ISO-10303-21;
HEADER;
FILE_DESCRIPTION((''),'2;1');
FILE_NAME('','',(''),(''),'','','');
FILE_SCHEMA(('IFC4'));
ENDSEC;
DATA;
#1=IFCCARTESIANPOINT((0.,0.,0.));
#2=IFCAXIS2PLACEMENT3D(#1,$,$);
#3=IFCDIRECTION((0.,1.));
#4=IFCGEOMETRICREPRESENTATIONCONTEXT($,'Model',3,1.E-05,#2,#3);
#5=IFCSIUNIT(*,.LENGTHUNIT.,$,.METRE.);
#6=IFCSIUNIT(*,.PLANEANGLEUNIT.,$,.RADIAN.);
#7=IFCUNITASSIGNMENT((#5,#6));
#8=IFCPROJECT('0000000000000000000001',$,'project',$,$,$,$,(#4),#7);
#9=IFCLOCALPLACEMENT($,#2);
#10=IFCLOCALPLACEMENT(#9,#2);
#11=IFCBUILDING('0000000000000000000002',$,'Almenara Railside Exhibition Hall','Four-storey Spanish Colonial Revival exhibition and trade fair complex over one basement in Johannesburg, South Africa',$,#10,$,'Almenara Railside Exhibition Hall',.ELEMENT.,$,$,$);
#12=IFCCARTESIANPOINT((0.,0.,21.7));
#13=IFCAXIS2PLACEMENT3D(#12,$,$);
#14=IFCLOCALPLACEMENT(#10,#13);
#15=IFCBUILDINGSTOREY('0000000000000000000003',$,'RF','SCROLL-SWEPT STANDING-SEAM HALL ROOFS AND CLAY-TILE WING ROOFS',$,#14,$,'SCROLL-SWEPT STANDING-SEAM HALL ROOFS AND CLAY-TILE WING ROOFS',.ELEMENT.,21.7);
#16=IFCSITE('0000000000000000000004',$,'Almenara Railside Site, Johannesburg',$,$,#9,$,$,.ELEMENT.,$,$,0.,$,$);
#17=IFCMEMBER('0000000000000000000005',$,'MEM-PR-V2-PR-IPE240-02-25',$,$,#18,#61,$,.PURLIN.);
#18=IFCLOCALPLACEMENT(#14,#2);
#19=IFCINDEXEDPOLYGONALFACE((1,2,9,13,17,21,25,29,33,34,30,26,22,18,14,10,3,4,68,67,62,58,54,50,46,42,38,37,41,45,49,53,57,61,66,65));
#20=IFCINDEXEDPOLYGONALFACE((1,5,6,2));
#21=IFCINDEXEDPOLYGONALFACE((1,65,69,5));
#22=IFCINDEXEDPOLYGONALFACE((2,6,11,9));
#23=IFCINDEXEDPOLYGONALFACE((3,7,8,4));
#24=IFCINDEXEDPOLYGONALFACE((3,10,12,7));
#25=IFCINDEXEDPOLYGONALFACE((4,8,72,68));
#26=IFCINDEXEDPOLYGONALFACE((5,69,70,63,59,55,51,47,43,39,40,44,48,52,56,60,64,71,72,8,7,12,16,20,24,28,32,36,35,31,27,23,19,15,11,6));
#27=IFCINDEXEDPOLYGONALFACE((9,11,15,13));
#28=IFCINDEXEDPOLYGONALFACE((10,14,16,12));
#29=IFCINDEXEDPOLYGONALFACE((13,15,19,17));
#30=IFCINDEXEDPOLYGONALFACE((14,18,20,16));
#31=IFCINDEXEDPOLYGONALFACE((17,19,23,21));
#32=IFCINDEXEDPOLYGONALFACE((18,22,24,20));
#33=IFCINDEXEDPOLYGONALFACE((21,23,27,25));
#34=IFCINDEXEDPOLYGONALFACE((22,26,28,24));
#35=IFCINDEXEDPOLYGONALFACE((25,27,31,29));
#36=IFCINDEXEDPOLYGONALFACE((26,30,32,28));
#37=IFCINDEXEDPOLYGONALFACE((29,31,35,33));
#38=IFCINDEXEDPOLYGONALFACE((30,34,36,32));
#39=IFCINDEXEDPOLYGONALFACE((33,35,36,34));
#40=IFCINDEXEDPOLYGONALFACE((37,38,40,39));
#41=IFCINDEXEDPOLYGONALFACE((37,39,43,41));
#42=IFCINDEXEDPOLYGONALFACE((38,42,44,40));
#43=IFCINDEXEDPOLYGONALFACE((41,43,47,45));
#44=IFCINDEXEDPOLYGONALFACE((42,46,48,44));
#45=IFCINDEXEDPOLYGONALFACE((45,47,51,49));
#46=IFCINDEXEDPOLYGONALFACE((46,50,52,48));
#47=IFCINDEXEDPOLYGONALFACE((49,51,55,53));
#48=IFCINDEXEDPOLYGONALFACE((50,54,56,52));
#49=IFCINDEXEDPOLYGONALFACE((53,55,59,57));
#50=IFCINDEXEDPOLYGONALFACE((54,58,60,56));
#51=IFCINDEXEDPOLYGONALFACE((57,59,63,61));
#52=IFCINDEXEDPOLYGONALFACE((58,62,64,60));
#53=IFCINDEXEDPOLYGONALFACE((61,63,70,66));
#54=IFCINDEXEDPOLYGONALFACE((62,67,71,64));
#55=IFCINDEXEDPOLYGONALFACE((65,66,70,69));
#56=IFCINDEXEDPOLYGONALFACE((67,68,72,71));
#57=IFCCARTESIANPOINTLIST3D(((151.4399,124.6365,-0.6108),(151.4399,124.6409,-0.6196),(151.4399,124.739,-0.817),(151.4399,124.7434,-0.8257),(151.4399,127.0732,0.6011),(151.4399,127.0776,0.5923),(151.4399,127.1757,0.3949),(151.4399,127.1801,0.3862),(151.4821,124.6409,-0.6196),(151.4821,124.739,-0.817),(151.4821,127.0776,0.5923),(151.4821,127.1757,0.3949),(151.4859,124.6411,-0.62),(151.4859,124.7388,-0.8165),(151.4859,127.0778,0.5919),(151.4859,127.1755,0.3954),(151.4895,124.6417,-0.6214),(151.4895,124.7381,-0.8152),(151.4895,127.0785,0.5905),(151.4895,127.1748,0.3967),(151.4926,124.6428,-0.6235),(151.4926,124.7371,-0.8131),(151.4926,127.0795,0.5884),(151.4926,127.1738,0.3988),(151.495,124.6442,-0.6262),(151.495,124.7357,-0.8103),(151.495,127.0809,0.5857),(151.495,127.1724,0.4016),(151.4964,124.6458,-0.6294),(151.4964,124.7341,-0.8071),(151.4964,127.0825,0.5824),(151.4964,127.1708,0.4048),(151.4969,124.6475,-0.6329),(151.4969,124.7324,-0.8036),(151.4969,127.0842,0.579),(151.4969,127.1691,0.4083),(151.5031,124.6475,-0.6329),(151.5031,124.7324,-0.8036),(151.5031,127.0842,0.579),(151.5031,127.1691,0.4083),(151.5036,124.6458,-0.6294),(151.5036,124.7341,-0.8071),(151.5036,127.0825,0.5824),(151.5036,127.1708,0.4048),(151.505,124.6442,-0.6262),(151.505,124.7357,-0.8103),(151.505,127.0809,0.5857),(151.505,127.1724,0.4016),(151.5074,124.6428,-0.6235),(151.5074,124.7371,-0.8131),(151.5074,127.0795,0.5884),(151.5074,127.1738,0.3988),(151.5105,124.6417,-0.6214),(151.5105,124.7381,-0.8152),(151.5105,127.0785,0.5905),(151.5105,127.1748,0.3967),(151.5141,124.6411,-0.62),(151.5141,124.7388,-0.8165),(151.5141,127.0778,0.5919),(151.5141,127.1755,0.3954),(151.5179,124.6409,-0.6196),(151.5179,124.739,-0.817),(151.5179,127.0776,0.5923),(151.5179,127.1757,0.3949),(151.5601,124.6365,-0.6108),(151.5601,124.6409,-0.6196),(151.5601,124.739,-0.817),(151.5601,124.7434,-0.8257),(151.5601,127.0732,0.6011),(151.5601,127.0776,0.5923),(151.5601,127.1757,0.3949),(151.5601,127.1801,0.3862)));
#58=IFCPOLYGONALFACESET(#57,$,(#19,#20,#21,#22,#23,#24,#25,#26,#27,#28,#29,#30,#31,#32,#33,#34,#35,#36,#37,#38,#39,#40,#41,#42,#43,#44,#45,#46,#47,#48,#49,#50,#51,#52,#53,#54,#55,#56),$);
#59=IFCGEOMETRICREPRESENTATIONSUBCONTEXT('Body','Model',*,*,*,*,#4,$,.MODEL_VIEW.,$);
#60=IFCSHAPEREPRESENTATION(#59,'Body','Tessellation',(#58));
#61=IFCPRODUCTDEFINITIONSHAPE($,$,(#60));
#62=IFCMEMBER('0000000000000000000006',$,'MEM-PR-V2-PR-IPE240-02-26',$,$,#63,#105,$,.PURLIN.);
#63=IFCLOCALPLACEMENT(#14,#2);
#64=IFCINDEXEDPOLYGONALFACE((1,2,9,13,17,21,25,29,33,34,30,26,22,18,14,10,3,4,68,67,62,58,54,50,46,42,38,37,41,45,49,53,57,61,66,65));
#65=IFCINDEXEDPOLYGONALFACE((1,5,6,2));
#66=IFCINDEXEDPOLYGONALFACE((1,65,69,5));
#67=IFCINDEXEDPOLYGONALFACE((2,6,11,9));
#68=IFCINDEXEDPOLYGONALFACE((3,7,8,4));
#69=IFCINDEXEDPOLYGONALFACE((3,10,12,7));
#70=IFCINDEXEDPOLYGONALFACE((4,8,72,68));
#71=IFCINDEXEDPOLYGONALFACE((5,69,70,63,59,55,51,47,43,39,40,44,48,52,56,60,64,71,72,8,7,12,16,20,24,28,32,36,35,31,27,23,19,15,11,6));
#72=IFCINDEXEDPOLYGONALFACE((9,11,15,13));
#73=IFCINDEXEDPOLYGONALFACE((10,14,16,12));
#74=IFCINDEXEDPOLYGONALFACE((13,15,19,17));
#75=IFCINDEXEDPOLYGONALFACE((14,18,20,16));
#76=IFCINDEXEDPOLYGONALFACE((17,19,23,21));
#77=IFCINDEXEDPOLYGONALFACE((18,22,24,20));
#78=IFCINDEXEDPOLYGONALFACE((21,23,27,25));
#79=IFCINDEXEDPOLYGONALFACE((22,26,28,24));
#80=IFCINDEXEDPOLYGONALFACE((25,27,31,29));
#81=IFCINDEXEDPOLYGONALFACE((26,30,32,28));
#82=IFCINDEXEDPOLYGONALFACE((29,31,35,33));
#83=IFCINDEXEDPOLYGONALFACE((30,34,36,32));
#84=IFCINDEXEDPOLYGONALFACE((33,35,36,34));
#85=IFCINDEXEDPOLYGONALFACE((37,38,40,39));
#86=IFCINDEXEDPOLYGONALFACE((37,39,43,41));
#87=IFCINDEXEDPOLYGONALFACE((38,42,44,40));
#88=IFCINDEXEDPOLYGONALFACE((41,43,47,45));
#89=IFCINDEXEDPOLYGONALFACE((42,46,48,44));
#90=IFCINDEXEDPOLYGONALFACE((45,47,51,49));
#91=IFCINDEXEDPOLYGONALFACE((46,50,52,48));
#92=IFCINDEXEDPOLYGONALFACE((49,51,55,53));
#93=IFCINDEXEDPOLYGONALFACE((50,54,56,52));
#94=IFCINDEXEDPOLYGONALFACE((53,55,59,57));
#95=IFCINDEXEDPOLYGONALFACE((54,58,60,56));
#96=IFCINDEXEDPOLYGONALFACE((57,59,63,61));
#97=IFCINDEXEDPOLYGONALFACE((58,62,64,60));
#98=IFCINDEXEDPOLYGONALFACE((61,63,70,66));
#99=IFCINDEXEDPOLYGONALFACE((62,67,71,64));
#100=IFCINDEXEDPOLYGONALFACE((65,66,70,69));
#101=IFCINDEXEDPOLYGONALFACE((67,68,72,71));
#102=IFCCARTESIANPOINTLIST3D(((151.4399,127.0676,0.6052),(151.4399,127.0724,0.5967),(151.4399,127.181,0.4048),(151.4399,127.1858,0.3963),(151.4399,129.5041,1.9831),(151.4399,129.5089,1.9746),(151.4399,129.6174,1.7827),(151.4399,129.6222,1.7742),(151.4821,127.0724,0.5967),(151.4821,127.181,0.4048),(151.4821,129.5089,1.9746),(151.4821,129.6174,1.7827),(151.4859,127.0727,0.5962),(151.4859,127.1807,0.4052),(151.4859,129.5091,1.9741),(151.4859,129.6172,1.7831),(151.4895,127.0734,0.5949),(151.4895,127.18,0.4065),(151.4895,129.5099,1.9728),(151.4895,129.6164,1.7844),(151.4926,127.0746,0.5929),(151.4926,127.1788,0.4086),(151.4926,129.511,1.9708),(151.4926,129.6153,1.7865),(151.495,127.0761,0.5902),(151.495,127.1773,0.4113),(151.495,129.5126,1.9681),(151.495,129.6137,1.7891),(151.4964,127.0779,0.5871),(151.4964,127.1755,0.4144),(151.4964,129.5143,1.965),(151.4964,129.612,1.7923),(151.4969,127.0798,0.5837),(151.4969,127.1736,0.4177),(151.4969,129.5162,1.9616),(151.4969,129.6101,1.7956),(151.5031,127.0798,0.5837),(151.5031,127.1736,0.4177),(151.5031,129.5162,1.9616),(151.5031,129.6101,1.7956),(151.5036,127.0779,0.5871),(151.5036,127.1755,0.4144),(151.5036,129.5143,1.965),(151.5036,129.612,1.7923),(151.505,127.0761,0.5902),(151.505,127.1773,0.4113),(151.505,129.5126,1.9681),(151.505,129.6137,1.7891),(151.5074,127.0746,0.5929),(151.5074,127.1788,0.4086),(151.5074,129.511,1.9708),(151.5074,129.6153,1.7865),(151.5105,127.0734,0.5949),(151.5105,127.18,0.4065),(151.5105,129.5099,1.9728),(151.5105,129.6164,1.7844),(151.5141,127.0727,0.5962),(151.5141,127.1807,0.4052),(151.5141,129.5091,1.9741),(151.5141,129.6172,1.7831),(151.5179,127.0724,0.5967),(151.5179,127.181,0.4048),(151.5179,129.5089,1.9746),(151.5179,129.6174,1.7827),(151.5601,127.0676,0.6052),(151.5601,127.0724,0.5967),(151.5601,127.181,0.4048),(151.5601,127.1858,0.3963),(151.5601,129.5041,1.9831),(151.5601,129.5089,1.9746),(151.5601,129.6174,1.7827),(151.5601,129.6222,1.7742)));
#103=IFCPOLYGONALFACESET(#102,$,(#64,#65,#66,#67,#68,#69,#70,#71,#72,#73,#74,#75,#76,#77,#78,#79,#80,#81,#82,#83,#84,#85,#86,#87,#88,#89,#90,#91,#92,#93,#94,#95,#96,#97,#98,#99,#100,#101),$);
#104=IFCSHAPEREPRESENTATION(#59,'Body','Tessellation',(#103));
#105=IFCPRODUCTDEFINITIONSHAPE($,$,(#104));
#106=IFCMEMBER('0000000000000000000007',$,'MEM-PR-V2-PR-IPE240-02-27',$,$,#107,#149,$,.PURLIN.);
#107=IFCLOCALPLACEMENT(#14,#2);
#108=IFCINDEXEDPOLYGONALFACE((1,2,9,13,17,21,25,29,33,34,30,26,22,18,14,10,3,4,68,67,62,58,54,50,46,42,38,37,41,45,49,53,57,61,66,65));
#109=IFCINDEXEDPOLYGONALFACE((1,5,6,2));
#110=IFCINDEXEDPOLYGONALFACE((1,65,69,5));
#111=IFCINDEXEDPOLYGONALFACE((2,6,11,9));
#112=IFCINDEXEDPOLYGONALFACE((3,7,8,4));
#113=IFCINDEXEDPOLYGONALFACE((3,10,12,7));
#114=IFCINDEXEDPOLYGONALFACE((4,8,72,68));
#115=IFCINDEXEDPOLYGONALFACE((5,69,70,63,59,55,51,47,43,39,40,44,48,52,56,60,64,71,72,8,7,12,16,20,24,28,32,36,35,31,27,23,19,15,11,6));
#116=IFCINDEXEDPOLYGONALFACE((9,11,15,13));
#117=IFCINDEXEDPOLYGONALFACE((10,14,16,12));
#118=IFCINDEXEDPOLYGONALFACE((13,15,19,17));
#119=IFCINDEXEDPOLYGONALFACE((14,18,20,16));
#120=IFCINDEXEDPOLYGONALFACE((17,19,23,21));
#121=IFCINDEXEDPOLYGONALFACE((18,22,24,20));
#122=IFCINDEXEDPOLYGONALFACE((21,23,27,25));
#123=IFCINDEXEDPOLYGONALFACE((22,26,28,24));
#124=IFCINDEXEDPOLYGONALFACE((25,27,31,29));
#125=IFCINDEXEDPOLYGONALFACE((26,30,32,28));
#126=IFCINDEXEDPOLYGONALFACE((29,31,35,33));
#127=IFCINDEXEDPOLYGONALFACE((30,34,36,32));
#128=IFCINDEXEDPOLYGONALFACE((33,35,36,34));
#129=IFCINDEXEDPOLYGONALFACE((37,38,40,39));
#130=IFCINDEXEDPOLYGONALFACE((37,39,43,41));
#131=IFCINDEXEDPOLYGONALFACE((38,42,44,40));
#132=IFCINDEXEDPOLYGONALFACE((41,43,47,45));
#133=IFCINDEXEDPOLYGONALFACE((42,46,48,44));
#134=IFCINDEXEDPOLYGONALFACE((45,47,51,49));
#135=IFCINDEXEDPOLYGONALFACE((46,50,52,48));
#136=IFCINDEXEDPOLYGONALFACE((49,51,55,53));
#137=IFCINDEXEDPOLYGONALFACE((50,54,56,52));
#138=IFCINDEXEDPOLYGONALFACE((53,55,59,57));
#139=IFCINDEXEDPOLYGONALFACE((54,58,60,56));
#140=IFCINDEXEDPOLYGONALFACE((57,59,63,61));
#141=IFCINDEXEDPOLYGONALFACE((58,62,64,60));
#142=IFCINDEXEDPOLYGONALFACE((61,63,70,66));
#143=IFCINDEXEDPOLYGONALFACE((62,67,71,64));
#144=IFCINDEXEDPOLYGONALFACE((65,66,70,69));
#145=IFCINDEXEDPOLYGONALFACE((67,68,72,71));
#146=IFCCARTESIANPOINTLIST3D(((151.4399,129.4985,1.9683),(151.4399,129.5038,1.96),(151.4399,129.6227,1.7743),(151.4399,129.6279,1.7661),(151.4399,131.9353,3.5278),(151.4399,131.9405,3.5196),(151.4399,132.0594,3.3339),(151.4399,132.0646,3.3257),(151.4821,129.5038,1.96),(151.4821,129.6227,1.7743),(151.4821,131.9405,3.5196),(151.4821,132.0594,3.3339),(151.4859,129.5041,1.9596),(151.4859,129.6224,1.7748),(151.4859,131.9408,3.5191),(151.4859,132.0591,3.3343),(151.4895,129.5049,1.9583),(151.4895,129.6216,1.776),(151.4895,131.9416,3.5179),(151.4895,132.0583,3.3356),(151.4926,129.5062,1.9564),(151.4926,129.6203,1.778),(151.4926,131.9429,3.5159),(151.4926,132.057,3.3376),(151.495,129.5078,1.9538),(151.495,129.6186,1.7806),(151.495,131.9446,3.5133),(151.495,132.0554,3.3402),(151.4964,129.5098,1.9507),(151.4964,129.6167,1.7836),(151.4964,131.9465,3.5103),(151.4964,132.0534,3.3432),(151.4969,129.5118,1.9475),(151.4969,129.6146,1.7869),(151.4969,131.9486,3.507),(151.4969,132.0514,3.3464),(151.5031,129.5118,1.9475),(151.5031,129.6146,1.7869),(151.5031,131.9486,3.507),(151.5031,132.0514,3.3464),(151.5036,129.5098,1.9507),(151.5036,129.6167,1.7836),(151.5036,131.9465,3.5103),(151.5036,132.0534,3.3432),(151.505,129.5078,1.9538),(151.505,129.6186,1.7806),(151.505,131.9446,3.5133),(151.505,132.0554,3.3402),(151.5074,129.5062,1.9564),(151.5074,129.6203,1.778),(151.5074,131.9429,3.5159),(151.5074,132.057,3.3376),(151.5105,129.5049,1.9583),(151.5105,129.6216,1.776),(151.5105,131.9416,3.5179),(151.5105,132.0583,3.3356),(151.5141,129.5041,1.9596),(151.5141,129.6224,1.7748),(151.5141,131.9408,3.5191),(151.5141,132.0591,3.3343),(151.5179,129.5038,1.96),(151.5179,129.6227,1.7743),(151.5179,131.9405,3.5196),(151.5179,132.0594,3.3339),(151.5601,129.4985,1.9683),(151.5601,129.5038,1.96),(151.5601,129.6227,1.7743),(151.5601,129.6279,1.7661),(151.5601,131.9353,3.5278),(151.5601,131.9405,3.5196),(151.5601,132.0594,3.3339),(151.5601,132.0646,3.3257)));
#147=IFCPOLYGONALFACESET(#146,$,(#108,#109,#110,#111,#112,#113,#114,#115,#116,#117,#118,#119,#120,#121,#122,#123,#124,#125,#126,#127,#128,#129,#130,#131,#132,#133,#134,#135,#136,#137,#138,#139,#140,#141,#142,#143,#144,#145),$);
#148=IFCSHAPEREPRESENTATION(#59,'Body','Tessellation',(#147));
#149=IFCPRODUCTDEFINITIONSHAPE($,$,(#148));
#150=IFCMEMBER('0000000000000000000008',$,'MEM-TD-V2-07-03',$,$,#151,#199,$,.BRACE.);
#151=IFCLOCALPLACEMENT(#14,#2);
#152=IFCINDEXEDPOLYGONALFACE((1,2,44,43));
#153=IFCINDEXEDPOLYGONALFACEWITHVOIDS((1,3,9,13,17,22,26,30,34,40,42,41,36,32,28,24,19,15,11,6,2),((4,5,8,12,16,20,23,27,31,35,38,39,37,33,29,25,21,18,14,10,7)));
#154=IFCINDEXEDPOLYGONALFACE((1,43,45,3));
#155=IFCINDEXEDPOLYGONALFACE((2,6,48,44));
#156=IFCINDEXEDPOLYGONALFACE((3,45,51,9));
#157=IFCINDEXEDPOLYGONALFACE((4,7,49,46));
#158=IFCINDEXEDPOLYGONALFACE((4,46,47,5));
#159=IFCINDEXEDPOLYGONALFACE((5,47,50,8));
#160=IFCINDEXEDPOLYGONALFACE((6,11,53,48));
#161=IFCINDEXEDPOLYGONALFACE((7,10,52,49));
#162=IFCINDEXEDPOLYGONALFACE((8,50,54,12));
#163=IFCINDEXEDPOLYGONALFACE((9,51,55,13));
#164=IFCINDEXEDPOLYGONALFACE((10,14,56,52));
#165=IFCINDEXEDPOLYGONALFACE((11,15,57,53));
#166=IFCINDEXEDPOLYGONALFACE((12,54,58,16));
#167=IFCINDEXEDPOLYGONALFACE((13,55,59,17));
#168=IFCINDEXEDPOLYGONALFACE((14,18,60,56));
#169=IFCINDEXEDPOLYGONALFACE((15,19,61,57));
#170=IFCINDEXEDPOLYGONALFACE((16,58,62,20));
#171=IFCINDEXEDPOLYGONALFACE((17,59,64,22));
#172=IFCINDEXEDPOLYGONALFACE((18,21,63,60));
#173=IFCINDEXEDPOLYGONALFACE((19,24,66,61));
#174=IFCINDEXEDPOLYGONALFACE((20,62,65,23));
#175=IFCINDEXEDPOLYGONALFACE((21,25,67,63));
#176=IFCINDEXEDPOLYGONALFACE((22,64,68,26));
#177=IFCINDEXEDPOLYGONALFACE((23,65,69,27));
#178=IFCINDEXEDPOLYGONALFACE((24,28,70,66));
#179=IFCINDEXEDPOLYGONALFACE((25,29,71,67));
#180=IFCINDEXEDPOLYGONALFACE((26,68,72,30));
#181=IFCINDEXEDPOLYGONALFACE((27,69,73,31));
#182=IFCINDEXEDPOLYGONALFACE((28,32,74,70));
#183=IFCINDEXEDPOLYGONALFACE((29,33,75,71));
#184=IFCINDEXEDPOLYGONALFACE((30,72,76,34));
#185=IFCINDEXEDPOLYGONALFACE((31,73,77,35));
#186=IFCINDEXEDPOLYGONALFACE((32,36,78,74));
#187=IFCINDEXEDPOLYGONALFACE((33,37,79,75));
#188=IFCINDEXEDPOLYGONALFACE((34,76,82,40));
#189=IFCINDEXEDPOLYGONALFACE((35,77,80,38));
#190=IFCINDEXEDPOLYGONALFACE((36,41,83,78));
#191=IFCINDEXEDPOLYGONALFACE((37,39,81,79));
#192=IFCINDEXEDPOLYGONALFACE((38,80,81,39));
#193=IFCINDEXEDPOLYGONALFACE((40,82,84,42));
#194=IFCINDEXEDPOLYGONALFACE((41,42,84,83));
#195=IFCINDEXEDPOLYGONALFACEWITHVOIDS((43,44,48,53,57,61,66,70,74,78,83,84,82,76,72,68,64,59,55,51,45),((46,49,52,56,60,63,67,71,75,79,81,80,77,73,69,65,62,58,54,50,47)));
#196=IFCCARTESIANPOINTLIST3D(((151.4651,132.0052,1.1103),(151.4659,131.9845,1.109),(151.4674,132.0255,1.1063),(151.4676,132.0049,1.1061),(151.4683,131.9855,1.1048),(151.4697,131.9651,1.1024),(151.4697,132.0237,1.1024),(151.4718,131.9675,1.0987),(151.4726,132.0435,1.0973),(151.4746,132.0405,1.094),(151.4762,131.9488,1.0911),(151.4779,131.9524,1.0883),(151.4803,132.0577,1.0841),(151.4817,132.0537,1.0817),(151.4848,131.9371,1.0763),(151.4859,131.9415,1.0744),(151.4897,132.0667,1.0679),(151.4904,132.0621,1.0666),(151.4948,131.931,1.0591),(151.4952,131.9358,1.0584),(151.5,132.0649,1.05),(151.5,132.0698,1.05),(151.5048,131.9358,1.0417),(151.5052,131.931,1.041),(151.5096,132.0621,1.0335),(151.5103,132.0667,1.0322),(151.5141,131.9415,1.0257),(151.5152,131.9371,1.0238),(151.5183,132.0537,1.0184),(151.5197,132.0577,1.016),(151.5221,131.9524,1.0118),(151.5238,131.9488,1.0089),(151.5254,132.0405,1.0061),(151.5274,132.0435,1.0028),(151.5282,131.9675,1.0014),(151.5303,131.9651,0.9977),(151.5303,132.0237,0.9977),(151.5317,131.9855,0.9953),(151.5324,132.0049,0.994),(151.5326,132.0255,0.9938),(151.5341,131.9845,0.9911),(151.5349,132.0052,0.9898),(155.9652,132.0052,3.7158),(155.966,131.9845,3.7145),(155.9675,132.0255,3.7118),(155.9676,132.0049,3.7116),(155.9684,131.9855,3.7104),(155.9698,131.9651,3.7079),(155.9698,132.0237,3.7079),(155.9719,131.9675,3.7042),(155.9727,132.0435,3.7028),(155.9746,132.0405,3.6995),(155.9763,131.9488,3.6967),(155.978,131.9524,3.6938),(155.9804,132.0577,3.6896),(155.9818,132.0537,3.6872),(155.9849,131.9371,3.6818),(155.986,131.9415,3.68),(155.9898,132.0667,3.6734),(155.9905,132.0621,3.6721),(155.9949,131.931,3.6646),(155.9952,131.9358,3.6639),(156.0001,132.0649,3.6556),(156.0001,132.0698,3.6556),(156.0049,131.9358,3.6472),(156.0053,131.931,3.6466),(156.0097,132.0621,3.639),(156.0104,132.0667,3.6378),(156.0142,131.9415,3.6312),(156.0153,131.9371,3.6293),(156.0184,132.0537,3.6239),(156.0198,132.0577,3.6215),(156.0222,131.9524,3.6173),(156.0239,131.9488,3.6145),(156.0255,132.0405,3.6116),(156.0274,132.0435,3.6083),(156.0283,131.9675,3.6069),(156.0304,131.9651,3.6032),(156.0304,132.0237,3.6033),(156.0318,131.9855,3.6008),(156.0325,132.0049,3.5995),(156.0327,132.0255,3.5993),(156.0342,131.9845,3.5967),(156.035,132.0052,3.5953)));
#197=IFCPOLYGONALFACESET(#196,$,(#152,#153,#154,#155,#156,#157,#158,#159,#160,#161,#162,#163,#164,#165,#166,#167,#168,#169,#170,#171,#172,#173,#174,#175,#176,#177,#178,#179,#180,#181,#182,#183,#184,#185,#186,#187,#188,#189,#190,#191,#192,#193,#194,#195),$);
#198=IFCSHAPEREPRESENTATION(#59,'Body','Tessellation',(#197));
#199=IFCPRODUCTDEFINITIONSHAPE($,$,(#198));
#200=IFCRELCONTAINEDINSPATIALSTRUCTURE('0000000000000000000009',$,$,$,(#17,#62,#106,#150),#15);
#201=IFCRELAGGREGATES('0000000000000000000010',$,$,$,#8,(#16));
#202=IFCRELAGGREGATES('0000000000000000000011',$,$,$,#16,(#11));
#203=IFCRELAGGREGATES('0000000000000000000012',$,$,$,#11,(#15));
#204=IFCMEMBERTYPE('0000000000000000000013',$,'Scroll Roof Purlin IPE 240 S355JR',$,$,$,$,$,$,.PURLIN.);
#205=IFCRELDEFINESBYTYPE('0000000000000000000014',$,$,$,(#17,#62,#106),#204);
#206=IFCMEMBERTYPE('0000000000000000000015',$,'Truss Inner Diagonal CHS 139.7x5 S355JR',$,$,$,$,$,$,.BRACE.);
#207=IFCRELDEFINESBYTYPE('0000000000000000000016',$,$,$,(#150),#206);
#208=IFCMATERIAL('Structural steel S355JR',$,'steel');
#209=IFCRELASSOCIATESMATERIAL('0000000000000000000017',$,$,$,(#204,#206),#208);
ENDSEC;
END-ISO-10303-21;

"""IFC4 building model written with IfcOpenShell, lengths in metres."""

from ifc_helpers import new_model, si_unit, direction, frame, origin, origin_2d, place, context, subcontext, project, spatial, hollow_circle, i_section, extrude, material, material_profile, profile_set, type_object, element, save


model = new_model("IFC4")

# Units and contexts
model_context = context("Model", 3, precision=1e-05, world=origin(), true_north=direction((0.0, 1.0)))
body_context = subcontext(model_context, "Body", "Model", "MODEL_VIEW")
ifc_project = project(units=[si_unit("LENGTHUNIT", "METRE"), si_unit("PLANEANGLEUNIT", "RADIAN")], contexts=[model_context])

# Site, building, storey
site_placement = place(None, origin())
site = spatial("IfcSite", under=ifc_project, at=site_placement, Name="Almenara Railside Site, Johannesburg", CompositionType="ELEMENT", RefElevation=0.0)
building_placement = place(site_placement, origin())
building = spatial("IfcBuilding", under=site, at=building_placement, Name="Almenara Railside Exhibition Hall", Description="Four-storey Spanish Colonial Revival exhibition and trade fair complex over one basement in Johannesburg, South Africa", LongName="Almenara Railside Exhibition Hall", CompositionType="ELEMENT")
storey_placement = place(building_placement, frame((0.0, 0.0, 21.7)))
storey = spatial("IfcBuildingStorey", under=building, at=storey_placement, Name="RF", Description="SCROLL-SWEPT STANDING-SEAM HALL ROOFS AND CLAY-TILE WING ROOFS", LongName="SCROLL-SWEPT STANDING-SEAM HALL ROOFS AND CLAY-TILE WING ROOFS", CompositionType="ELEMENT", Elevation=21.7)

# Shared definitions
ifc_material_1 = material(Name="Structural steel S355JR", Category="steel")

# Members
ifc_material_profile_1 = material_profile(ifc_material_1, i_section(OverallWidth=0.1201, OverallDepth=0.24, WebThickness=0.0061, FlangeThickness=0.0098, FilletRadius=0.0149, at=origin_2d()), Name="IPE 240")
ifc_profile_set_1 = profile_set([ifc_material_profile_1], Name="Structural steel S355JR")
member_type_1 = type_object("IfcMemberType", Name="Scroll Roof Purlin IPE 240 S355JR", PredefinedType="PURLIN", material=ifc_profile_set_1)
member_1_placement = place(storey_placement, frame((151.5, 124.6899, -0.7183), z_axis=(0.0, 0.895376, 0.445311), x_axis=(-1.0, 0.0, 0.0)))
element("IfcMember", 1, at=member_1_placement, inside=storey, type_object=member_type_1, Name="MEM-PR-V2-PR-IPE240-02-25", PredefinedType="PURLIN", context=body_context, shape_type="SweptSolid", body=[
    extrude(i_section(OverallWidth=0.1201, OverallDepth=0.24, WebThickness=0.0061, FlangeThickness=0.0098, FilletRadius=0.0149, at=origin_2d()), origin(), (0.0, 0.0, 1.0), 2.7214),
])
member_2_placement = place(storey_placement, frame((151.5, 127.1267, 0.5007), z_axis=(0.0, 0.870446, 0.492264), x_axis=(-1.0, 0.0, 0.0)))
element("IfcMember", 2, at=member_2_placement, inside=storey, type_object=member_type_1, Name="MEM-PR-V2-PR-IPE240-02-26", PredefinedType="PURLIN", context=body_context, shape_type="SweptSolid", body=[
    extrude(i_section(OverallWidth=0.1201, OverallDepth=0.24, WebThickness=0.0061, FlangeThickness=0.0098, FilletRadius=0.0149, at=origin_2d()), origin(), (0.0, 0.0, 1.0), 2.7991),
])
member_3_placement = place(storey_placement, frame((151.5, 129.5632, 1.8672), z_axis=(0.0, 0.842265, 0.539063), x_axis=(-1.0, 0.0, 0.0)))
element("IfcMember", 3, at=member_3_placement, inside=storey, type_object=member_type_1, Name="MEM-PR-V2-PR-IPE240-02-27", PredefinedType="PURLIN", context=body_context, shape_type="SweptSolid", body=[
    extrude(i_section(OverallWidth=0.1201, OverallDepth=0.24, WebThickness=0.0061, FlangeThickness=0.0098, FilletRadius=0.0149, at=origin_2d()), origin(), (0.0, 0.0, 1.0), 2.8931),
])
ifc_material_profile_2 = material_profile(ifc_material_1, hollow_circle(Radius=0.0698, WallThickness=0.0049, at=origin_2d()), Name="CHS 139.7x5")
ifc_profile_set_2 = profile_set([ifc_material_profile_2], Name="Structural steel S355JR")
member_type_2 = type_object("IfcMemberType", Name="Truss Inner Diagonal CHS 139.7x5 S355JR", PredefinedType="BRACE", material=ifc_profile_set_2)
member_4_placement = place(storey_placement, frame((151.5, 132.0, 1.05), z_axis=(0.865409, 0.0, 0.501066), x_axis=(0.0, 1.0, 0.0)))
element("IfcMember", 4, at=member_4_placement, inside=storey, type_object=member_type_2, Name="MEM-TD-V2-07-03", PredefinedType="BRACE", context=body_context, shape_type="SweptSolid", body=[
    extrude(hollow_circle(Radius=0.0698, WallThickness=0.0049, at=origin_2d()), origin(), (0.0, 0.0, 1.0), 5.2),
])

save(model, "model.ifc")
